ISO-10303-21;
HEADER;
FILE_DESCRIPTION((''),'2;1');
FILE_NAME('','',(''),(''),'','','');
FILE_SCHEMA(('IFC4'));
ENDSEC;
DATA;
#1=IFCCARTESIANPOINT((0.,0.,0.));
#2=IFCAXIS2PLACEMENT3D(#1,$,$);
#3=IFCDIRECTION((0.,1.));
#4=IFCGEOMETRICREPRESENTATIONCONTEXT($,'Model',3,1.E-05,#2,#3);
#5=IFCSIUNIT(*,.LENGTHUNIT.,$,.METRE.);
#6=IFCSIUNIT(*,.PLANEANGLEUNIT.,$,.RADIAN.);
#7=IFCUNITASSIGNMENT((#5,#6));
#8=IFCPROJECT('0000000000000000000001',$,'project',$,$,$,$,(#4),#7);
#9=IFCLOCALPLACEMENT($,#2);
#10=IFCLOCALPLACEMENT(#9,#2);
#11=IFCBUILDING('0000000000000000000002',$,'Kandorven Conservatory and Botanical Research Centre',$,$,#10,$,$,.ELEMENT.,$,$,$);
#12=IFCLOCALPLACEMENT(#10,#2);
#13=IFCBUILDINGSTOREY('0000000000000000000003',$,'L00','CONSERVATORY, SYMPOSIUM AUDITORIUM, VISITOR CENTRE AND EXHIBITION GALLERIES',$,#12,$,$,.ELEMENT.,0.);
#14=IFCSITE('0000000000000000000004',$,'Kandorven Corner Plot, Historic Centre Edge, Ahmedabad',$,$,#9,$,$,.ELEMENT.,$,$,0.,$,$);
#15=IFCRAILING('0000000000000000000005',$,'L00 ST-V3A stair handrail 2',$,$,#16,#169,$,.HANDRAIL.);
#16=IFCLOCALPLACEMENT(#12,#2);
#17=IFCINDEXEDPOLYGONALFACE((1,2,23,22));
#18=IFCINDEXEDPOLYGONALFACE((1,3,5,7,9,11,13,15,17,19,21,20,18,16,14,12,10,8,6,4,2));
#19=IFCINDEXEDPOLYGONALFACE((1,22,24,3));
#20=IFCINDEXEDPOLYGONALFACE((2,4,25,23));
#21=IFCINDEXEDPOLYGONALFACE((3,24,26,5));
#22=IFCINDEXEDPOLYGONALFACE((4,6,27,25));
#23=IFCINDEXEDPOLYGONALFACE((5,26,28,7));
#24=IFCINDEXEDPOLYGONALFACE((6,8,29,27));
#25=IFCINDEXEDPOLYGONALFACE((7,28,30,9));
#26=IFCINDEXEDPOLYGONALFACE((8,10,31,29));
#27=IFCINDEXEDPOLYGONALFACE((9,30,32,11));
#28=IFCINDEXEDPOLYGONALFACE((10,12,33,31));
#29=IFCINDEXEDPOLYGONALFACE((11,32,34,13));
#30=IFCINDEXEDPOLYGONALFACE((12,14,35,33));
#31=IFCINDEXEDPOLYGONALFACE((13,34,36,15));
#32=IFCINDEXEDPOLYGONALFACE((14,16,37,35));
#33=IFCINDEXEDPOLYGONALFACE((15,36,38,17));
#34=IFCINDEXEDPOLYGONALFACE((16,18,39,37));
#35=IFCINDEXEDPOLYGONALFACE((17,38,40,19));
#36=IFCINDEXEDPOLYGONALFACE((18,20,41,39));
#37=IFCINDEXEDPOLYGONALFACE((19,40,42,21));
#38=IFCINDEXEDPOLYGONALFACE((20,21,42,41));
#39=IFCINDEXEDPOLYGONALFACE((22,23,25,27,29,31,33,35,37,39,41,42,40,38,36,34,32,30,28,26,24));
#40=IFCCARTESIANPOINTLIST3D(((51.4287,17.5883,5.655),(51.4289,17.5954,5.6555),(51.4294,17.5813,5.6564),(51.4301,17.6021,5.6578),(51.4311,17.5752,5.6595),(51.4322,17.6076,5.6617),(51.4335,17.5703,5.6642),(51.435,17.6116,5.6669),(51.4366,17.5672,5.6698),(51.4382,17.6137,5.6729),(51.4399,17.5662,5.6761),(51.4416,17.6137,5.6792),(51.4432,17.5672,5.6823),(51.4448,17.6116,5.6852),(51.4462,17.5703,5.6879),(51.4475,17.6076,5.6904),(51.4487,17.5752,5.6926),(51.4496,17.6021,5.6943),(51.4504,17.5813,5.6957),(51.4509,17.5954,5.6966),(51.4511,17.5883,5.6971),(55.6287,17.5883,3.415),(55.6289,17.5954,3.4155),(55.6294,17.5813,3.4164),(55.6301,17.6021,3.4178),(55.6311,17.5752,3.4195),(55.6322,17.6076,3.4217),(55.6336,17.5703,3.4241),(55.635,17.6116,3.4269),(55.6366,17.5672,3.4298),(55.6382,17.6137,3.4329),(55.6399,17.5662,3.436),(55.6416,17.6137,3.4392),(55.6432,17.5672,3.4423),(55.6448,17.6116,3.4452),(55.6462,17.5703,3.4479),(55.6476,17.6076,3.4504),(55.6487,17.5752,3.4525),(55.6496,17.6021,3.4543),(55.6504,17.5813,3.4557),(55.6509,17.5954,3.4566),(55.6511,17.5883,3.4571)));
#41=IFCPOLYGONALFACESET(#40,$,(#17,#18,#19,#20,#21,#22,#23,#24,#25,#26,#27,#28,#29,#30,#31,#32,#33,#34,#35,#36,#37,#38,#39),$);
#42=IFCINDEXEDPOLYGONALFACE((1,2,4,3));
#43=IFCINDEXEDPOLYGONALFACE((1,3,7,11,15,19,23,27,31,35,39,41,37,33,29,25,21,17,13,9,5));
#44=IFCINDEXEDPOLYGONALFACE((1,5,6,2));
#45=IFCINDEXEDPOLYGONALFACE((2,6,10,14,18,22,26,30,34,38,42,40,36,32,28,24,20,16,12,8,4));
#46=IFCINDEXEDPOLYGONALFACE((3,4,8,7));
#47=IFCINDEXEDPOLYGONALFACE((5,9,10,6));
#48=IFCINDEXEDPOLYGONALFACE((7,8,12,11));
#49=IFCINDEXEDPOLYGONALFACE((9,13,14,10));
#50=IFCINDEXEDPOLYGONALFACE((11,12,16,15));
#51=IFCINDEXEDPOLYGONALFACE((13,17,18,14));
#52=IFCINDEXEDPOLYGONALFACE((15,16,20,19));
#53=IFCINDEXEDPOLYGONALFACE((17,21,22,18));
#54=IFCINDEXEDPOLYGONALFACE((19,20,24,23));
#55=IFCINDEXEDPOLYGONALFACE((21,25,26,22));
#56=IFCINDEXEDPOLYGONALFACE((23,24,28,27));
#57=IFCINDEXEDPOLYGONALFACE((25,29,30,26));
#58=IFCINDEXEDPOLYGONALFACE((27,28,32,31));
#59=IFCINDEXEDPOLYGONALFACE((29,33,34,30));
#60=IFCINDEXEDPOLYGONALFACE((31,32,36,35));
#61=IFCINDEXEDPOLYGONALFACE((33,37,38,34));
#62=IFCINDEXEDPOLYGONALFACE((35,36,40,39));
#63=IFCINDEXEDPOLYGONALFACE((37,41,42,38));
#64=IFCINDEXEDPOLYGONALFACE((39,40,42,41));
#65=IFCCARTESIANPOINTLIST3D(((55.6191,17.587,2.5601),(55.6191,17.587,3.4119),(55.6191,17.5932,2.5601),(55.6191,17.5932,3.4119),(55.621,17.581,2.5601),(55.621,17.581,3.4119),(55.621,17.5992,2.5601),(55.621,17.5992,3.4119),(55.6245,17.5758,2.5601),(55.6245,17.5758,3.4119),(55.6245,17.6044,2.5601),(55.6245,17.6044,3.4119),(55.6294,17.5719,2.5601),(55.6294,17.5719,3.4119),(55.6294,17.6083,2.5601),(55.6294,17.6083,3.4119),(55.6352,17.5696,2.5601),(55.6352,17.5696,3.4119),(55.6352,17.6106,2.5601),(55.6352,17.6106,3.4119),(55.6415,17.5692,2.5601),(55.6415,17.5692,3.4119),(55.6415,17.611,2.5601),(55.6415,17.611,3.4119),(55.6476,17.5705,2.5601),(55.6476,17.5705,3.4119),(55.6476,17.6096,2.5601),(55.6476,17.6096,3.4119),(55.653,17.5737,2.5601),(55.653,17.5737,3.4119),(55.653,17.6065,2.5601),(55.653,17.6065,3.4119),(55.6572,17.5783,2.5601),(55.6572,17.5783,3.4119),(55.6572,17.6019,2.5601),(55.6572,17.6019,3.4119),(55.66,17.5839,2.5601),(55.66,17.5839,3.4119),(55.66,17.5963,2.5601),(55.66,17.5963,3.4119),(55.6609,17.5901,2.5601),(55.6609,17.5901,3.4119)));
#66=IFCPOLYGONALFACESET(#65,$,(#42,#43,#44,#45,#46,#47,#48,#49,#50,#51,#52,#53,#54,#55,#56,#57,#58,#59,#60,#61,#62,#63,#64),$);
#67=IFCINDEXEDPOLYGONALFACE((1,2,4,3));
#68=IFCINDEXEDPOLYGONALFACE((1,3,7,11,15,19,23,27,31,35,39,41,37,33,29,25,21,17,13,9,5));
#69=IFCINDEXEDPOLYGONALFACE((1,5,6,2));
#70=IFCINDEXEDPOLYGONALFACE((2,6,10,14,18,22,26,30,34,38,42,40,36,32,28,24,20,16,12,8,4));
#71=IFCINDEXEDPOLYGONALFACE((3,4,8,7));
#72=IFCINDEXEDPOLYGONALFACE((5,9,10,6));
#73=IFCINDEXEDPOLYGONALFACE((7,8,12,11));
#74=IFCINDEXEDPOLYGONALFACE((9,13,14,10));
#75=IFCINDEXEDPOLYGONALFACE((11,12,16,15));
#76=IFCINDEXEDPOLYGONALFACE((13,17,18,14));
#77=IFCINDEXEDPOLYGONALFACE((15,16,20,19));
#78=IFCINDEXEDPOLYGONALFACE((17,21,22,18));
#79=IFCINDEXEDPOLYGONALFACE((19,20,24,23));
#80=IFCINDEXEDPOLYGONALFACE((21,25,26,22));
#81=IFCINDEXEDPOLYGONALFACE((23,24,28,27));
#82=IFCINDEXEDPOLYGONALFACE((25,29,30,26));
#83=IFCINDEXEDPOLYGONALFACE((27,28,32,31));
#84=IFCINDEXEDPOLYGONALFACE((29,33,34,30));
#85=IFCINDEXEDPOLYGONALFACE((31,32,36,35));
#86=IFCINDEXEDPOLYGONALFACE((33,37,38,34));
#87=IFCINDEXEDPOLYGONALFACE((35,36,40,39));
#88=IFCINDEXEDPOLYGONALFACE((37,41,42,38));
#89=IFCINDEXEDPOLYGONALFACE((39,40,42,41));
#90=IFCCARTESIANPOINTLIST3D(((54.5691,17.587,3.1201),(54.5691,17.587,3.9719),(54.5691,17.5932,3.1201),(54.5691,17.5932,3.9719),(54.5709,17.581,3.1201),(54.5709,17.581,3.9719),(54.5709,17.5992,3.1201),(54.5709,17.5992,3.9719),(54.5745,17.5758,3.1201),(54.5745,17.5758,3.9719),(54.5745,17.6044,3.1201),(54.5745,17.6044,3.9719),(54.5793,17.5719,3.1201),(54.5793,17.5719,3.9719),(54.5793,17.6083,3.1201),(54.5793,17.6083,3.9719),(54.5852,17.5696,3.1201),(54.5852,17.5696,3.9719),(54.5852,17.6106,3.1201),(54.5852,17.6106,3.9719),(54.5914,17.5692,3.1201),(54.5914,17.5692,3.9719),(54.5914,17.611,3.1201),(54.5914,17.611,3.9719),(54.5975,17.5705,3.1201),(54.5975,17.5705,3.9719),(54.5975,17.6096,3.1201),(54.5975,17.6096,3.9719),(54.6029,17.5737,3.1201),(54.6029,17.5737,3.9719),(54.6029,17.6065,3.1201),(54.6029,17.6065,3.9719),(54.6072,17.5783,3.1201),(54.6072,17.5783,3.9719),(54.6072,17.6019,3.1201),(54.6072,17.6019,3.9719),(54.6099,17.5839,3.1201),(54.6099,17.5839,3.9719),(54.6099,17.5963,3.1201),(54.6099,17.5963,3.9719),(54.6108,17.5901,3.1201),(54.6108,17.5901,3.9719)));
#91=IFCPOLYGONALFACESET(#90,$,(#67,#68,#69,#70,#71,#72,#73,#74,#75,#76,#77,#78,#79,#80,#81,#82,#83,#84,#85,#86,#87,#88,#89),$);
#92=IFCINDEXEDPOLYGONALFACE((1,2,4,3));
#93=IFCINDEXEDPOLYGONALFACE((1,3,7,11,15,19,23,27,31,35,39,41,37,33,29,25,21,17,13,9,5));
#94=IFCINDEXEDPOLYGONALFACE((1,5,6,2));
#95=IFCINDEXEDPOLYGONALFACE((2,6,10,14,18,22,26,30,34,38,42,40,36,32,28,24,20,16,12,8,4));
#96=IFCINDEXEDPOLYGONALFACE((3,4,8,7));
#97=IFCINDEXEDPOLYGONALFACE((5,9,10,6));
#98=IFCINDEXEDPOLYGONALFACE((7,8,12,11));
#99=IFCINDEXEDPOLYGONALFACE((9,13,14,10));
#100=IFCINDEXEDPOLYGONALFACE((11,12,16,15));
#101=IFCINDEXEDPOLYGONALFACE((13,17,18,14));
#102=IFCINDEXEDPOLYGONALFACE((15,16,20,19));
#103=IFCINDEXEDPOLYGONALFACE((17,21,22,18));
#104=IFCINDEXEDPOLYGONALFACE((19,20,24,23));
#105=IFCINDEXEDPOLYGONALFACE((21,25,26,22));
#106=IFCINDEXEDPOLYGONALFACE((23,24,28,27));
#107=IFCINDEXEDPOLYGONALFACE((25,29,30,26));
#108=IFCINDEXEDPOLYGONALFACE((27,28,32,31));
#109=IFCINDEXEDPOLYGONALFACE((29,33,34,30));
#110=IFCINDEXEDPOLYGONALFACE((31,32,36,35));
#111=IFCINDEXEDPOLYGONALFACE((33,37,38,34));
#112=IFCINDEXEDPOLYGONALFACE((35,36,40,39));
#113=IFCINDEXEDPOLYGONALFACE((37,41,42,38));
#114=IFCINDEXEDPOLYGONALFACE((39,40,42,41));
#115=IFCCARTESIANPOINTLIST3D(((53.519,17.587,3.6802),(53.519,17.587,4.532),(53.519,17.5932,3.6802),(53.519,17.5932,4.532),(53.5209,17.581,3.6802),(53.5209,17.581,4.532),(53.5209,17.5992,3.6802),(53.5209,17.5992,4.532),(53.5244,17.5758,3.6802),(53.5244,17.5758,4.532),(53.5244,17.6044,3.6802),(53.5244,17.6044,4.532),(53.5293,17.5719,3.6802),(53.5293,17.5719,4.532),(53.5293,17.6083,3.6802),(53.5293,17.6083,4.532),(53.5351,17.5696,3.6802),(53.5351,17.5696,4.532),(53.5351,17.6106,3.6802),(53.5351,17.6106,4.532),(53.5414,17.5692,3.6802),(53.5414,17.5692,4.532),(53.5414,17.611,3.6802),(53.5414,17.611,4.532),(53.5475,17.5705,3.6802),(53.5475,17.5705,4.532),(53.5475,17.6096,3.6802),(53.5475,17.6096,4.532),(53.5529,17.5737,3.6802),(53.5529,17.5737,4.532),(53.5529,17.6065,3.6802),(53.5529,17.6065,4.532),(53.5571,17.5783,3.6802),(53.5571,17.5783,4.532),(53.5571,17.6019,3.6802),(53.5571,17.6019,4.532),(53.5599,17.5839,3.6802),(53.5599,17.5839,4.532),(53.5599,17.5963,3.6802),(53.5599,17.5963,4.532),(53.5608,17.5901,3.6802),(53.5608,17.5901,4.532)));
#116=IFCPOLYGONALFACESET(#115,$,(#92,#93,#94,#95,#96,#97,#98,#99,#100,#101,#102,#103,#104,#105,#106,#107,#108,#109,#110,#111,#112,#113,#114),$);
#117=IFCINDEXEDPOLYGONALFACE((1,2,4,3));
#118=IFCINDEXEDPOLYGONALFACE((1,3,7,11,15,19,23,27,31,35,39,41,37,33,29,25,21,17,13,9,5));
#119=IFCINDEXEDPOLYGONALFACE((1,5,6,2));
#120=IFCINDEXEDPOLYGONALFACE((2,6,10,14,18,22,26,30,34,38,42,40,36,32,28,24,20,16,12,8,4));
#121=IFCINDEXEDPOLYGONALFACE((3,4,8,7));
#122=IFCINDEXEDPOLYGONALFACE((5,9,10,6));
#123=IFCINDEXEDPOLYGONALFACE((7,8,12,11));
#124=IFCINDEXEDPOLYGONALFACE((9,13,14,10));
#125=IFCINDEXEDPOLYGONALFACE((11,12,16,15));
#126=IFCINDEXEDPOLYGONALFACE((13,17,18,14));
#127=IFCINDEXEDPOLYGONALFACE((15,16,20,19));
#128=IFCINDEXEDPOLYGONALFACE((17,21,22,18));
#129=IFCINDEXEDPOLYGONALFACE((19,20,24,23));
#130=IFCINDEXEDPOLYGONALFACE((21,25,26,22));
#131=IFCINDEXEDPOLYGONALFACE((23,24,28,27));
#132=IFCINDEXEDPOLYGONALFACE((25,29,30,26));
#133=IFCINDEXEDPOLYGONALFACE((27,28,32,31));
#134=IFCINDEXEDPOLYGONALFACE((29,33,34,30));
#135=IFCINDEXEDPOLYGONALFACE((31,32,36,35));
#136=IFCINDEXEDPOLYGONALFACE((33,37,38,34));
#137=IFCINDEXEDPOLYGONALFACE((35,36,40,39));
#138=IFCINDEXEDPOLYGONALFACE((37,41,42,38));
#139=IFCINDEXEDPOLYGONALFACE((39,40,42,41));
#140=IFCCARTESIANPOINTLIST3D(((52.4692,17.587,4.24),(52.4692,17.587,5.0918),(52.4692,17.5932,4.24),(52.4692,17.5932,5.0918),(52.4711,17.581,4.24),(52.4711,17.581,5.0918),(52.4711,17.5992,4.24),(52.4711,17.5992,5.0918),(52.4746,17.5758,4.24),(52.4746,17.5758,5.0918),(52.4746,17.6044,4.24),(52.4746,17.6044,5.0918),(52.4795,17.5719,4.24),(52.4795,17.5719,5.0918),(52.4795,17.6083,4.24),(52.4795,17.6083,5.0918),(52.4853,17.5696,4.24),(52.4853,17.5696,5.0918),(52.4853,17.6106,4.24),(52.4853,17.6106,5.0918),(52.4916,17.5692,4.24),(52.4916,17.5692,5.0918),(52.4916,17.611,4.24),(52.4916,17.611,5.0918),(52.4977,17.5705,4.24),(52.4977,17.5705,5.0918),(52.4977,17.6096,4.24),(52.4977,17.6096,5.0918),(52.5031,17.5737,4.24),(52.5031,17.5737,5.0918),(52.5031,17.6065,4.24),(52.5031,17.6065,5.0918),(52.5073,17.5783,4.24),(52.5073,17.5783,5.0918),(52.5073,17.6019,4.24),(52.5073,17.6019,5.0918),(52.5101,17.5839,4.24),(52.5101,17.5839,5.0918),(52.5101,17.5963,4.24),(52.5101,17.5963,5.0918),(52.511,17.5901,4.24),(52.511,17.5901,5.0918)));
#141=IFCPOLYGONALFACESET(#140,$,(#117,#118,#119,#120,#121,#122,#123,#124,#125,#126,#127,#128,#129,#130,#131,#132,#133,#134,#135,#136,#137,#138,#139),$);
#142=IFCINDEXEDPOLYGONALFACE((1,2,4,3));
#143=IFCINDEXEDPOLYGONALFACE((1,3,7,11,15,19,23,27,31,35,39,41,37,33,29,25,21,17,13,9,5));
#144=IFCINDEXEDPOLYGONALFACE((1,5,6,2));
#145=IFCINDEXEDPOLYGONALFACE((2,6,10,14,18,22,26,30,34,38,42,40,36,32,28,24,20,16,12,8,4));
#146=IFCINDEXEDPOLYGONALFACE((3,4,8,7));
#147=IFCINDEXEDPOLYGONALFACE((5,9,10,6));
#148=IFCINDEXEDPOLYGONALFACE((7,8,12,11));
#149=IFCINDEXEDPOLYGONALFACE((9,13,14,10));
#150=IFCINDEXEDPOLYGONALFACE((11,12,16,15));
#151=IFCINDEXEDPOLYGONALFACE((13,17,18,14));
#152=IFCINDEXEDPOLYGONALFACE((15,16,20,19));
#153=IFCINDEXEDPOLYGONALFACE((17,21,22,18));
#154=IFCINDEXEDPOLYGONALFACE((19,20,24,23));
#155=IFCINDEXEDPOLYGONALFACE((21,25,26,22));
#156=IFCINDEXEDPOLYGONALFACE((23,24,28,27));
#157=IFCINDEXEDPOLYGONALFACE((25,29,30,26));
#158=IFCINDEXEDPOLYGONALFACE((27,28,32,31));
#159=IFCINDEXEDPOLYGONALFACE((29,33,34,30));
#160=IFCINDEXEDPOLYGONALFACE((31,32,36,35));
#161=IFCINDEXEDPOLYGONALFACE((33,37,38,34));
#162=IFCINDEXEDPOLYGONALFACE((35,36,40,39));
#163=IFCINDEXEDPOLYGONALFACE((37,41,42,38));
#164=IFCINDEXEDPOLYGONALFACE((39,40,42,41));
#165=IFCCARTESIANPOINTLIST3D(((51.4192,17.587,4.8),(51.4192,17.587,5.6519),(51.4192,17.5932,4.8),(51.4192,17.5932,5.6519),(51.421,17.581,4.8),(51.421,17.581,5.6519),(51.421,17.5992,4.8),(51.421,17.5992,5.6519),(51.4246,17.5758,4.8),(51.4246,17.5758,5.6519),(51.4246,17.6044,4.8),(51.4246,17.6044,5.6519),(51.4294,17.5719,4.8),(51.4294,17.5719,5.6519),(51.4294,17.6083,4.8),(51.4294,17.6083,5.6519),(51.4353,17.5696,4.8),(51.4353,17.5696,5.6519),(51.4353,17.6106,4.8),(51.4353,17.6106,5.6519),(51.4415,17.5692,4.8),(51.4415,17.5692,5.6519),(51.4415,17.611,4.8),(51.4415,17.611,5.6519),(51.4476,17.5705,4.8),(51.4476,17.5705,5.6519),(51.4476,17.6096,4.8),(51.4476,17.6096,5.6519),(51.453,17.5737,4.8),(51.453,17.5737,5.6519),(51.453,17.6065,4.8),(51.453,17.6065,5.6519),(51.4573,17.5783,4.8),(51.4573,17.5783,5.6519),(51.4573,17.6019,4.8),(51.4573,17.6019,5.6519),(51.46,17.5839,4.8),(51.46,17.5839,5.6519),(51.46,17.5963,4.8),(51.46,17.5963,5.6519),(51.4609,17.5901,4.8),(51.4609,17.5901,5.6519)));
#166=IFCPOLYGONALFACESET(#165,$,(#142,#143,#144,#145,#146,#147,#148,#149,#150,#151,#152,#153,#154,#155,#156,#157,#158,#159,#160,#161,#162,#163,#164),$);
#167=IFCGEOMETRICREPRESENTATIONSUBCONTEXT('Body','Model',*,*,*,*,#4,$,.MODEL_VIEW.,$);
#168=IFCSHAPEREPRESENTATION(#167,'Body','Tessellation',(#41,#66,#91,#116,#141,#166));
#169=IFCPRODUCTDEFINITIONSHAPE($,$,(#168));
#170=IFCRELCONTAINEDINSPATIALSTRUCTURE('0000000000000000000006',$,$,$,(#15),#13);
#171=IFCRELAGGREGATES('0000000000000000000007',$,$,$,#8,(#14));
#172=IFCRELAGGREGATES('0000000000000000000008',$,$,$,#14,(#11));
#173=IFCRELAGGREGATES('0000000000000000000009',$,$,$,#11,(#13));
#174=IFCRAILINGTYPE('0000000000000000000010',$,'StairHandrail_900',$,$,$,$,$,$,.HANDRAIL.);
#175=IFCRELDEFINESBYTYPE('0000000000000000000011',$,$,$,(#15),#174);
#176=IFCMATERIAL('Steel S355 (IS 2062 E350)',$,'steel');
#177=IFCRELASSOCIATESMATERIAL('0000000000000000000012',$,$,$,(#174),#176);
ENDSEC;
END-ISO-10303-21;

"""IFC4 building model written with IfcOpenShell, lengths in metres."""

from ifc_helpers import new_model, si_unit, direction, frame, origin, origin_2d, place, context, subcontext, project, spatial, circle, extrude, material, type_object, element, save


model = new_model("IFC4")

# Units and contexts
model_context = context("Model", 3, precision=1e-05, world=origin(), true_north=direction((0.0, 1.0)))
body_context = subcontext(model_context, "Body", "Model", "MODEL_VIEW")
ifc_project = project(units=[si_unit("LENGTHUNIT", "METRE"), si_unit("PLANEANGLEUNIT", "RADIAN")], contexts=[model_context])

# Site, building, storey
site_placement = place(None, origin())
site = spatial("IfcSite", under=ifc_project, at=site_placement, Name="Kandorven Corner Plot, Historic Centre Edge, Ahmedabad", CompositionType="ELEMENT", RefElevation=0.0)
building_placement = place(site_placement, origin())
building = spatial("IfcBuilding", under=site, at=building_placement, Name="Kandorven Conservatory and Botanical Research Centre", CompositionType="ELEMENT")
storey_placement = place(building_placement, origin())
storey = spatial("IfcBuildingStorey", under=building, at=storey_placement, Name="L00", Description="CONSERVATORY, SYMPOSIUM AUDITORIUM, VISITOR CENTRE AND EXHIBITION GALLERIES", CompositionType="ELEMENT", Elevation=0.0)

# Railing
ifc_material_1 = material(Name="Steel S355 (IS 2062 E350)", Category="steel")
railing_type_1 = type_object("IfcRailingType", Name="StairHandrail_900", PredefinedType="HANDRAIL", material=ifc_material_1)
railing_1_placement = place(storey_placement, frame((55.6399, 17.5901, 2.5601)))
element("IfcRailing", 1, at=railing_1_placement, inside=storey, type_object=railing_type_1, Name="L00 ST-V3A stair handrail 2", PredefinedType="HANDRAIL", context=body_context, shape_type="SweptSolid", body=[
    extrude(circle(Radius=0.0239, at=origin_2d()), frame((0.0, 0.0, 0.876), z_axis=(-0.882352, 0.0, 0.470591), x_axis=(0.0, -1.0, 0.0)), (0.0, 0.0, 1.0), 4.76),
    extrude(circle(Radius=0.021, at=origin_2d()), origin(), (0.0, 0.0, 1.0), 0.8518),
    extrude(circle(Radius=0.021, at=origin_2d()), frame((-1.05, 0.0, 0.5601)), (0.0, 0.0, 1.0), 0.8518),
    extrude(circle(Radius=0.021, at=origin_2d()), frame((-2.1001, 0.0, 1.1201)), (0.0, 0.0, 1.0), 0.8518),
    extrude(circle(Radius=0.021, at=origin_2d()), frame((-3.1499, 0.0, 1.6799)), (0.0, 0.0, 1.0), 0.8518),
    extrude(circle(Radius=0.021, at=origin_2d()), frame((-4.2, 0.0, 2.24)), (0.0, 0.0, 1.0), 0.8518),
])

save(model, "model.ifc")
